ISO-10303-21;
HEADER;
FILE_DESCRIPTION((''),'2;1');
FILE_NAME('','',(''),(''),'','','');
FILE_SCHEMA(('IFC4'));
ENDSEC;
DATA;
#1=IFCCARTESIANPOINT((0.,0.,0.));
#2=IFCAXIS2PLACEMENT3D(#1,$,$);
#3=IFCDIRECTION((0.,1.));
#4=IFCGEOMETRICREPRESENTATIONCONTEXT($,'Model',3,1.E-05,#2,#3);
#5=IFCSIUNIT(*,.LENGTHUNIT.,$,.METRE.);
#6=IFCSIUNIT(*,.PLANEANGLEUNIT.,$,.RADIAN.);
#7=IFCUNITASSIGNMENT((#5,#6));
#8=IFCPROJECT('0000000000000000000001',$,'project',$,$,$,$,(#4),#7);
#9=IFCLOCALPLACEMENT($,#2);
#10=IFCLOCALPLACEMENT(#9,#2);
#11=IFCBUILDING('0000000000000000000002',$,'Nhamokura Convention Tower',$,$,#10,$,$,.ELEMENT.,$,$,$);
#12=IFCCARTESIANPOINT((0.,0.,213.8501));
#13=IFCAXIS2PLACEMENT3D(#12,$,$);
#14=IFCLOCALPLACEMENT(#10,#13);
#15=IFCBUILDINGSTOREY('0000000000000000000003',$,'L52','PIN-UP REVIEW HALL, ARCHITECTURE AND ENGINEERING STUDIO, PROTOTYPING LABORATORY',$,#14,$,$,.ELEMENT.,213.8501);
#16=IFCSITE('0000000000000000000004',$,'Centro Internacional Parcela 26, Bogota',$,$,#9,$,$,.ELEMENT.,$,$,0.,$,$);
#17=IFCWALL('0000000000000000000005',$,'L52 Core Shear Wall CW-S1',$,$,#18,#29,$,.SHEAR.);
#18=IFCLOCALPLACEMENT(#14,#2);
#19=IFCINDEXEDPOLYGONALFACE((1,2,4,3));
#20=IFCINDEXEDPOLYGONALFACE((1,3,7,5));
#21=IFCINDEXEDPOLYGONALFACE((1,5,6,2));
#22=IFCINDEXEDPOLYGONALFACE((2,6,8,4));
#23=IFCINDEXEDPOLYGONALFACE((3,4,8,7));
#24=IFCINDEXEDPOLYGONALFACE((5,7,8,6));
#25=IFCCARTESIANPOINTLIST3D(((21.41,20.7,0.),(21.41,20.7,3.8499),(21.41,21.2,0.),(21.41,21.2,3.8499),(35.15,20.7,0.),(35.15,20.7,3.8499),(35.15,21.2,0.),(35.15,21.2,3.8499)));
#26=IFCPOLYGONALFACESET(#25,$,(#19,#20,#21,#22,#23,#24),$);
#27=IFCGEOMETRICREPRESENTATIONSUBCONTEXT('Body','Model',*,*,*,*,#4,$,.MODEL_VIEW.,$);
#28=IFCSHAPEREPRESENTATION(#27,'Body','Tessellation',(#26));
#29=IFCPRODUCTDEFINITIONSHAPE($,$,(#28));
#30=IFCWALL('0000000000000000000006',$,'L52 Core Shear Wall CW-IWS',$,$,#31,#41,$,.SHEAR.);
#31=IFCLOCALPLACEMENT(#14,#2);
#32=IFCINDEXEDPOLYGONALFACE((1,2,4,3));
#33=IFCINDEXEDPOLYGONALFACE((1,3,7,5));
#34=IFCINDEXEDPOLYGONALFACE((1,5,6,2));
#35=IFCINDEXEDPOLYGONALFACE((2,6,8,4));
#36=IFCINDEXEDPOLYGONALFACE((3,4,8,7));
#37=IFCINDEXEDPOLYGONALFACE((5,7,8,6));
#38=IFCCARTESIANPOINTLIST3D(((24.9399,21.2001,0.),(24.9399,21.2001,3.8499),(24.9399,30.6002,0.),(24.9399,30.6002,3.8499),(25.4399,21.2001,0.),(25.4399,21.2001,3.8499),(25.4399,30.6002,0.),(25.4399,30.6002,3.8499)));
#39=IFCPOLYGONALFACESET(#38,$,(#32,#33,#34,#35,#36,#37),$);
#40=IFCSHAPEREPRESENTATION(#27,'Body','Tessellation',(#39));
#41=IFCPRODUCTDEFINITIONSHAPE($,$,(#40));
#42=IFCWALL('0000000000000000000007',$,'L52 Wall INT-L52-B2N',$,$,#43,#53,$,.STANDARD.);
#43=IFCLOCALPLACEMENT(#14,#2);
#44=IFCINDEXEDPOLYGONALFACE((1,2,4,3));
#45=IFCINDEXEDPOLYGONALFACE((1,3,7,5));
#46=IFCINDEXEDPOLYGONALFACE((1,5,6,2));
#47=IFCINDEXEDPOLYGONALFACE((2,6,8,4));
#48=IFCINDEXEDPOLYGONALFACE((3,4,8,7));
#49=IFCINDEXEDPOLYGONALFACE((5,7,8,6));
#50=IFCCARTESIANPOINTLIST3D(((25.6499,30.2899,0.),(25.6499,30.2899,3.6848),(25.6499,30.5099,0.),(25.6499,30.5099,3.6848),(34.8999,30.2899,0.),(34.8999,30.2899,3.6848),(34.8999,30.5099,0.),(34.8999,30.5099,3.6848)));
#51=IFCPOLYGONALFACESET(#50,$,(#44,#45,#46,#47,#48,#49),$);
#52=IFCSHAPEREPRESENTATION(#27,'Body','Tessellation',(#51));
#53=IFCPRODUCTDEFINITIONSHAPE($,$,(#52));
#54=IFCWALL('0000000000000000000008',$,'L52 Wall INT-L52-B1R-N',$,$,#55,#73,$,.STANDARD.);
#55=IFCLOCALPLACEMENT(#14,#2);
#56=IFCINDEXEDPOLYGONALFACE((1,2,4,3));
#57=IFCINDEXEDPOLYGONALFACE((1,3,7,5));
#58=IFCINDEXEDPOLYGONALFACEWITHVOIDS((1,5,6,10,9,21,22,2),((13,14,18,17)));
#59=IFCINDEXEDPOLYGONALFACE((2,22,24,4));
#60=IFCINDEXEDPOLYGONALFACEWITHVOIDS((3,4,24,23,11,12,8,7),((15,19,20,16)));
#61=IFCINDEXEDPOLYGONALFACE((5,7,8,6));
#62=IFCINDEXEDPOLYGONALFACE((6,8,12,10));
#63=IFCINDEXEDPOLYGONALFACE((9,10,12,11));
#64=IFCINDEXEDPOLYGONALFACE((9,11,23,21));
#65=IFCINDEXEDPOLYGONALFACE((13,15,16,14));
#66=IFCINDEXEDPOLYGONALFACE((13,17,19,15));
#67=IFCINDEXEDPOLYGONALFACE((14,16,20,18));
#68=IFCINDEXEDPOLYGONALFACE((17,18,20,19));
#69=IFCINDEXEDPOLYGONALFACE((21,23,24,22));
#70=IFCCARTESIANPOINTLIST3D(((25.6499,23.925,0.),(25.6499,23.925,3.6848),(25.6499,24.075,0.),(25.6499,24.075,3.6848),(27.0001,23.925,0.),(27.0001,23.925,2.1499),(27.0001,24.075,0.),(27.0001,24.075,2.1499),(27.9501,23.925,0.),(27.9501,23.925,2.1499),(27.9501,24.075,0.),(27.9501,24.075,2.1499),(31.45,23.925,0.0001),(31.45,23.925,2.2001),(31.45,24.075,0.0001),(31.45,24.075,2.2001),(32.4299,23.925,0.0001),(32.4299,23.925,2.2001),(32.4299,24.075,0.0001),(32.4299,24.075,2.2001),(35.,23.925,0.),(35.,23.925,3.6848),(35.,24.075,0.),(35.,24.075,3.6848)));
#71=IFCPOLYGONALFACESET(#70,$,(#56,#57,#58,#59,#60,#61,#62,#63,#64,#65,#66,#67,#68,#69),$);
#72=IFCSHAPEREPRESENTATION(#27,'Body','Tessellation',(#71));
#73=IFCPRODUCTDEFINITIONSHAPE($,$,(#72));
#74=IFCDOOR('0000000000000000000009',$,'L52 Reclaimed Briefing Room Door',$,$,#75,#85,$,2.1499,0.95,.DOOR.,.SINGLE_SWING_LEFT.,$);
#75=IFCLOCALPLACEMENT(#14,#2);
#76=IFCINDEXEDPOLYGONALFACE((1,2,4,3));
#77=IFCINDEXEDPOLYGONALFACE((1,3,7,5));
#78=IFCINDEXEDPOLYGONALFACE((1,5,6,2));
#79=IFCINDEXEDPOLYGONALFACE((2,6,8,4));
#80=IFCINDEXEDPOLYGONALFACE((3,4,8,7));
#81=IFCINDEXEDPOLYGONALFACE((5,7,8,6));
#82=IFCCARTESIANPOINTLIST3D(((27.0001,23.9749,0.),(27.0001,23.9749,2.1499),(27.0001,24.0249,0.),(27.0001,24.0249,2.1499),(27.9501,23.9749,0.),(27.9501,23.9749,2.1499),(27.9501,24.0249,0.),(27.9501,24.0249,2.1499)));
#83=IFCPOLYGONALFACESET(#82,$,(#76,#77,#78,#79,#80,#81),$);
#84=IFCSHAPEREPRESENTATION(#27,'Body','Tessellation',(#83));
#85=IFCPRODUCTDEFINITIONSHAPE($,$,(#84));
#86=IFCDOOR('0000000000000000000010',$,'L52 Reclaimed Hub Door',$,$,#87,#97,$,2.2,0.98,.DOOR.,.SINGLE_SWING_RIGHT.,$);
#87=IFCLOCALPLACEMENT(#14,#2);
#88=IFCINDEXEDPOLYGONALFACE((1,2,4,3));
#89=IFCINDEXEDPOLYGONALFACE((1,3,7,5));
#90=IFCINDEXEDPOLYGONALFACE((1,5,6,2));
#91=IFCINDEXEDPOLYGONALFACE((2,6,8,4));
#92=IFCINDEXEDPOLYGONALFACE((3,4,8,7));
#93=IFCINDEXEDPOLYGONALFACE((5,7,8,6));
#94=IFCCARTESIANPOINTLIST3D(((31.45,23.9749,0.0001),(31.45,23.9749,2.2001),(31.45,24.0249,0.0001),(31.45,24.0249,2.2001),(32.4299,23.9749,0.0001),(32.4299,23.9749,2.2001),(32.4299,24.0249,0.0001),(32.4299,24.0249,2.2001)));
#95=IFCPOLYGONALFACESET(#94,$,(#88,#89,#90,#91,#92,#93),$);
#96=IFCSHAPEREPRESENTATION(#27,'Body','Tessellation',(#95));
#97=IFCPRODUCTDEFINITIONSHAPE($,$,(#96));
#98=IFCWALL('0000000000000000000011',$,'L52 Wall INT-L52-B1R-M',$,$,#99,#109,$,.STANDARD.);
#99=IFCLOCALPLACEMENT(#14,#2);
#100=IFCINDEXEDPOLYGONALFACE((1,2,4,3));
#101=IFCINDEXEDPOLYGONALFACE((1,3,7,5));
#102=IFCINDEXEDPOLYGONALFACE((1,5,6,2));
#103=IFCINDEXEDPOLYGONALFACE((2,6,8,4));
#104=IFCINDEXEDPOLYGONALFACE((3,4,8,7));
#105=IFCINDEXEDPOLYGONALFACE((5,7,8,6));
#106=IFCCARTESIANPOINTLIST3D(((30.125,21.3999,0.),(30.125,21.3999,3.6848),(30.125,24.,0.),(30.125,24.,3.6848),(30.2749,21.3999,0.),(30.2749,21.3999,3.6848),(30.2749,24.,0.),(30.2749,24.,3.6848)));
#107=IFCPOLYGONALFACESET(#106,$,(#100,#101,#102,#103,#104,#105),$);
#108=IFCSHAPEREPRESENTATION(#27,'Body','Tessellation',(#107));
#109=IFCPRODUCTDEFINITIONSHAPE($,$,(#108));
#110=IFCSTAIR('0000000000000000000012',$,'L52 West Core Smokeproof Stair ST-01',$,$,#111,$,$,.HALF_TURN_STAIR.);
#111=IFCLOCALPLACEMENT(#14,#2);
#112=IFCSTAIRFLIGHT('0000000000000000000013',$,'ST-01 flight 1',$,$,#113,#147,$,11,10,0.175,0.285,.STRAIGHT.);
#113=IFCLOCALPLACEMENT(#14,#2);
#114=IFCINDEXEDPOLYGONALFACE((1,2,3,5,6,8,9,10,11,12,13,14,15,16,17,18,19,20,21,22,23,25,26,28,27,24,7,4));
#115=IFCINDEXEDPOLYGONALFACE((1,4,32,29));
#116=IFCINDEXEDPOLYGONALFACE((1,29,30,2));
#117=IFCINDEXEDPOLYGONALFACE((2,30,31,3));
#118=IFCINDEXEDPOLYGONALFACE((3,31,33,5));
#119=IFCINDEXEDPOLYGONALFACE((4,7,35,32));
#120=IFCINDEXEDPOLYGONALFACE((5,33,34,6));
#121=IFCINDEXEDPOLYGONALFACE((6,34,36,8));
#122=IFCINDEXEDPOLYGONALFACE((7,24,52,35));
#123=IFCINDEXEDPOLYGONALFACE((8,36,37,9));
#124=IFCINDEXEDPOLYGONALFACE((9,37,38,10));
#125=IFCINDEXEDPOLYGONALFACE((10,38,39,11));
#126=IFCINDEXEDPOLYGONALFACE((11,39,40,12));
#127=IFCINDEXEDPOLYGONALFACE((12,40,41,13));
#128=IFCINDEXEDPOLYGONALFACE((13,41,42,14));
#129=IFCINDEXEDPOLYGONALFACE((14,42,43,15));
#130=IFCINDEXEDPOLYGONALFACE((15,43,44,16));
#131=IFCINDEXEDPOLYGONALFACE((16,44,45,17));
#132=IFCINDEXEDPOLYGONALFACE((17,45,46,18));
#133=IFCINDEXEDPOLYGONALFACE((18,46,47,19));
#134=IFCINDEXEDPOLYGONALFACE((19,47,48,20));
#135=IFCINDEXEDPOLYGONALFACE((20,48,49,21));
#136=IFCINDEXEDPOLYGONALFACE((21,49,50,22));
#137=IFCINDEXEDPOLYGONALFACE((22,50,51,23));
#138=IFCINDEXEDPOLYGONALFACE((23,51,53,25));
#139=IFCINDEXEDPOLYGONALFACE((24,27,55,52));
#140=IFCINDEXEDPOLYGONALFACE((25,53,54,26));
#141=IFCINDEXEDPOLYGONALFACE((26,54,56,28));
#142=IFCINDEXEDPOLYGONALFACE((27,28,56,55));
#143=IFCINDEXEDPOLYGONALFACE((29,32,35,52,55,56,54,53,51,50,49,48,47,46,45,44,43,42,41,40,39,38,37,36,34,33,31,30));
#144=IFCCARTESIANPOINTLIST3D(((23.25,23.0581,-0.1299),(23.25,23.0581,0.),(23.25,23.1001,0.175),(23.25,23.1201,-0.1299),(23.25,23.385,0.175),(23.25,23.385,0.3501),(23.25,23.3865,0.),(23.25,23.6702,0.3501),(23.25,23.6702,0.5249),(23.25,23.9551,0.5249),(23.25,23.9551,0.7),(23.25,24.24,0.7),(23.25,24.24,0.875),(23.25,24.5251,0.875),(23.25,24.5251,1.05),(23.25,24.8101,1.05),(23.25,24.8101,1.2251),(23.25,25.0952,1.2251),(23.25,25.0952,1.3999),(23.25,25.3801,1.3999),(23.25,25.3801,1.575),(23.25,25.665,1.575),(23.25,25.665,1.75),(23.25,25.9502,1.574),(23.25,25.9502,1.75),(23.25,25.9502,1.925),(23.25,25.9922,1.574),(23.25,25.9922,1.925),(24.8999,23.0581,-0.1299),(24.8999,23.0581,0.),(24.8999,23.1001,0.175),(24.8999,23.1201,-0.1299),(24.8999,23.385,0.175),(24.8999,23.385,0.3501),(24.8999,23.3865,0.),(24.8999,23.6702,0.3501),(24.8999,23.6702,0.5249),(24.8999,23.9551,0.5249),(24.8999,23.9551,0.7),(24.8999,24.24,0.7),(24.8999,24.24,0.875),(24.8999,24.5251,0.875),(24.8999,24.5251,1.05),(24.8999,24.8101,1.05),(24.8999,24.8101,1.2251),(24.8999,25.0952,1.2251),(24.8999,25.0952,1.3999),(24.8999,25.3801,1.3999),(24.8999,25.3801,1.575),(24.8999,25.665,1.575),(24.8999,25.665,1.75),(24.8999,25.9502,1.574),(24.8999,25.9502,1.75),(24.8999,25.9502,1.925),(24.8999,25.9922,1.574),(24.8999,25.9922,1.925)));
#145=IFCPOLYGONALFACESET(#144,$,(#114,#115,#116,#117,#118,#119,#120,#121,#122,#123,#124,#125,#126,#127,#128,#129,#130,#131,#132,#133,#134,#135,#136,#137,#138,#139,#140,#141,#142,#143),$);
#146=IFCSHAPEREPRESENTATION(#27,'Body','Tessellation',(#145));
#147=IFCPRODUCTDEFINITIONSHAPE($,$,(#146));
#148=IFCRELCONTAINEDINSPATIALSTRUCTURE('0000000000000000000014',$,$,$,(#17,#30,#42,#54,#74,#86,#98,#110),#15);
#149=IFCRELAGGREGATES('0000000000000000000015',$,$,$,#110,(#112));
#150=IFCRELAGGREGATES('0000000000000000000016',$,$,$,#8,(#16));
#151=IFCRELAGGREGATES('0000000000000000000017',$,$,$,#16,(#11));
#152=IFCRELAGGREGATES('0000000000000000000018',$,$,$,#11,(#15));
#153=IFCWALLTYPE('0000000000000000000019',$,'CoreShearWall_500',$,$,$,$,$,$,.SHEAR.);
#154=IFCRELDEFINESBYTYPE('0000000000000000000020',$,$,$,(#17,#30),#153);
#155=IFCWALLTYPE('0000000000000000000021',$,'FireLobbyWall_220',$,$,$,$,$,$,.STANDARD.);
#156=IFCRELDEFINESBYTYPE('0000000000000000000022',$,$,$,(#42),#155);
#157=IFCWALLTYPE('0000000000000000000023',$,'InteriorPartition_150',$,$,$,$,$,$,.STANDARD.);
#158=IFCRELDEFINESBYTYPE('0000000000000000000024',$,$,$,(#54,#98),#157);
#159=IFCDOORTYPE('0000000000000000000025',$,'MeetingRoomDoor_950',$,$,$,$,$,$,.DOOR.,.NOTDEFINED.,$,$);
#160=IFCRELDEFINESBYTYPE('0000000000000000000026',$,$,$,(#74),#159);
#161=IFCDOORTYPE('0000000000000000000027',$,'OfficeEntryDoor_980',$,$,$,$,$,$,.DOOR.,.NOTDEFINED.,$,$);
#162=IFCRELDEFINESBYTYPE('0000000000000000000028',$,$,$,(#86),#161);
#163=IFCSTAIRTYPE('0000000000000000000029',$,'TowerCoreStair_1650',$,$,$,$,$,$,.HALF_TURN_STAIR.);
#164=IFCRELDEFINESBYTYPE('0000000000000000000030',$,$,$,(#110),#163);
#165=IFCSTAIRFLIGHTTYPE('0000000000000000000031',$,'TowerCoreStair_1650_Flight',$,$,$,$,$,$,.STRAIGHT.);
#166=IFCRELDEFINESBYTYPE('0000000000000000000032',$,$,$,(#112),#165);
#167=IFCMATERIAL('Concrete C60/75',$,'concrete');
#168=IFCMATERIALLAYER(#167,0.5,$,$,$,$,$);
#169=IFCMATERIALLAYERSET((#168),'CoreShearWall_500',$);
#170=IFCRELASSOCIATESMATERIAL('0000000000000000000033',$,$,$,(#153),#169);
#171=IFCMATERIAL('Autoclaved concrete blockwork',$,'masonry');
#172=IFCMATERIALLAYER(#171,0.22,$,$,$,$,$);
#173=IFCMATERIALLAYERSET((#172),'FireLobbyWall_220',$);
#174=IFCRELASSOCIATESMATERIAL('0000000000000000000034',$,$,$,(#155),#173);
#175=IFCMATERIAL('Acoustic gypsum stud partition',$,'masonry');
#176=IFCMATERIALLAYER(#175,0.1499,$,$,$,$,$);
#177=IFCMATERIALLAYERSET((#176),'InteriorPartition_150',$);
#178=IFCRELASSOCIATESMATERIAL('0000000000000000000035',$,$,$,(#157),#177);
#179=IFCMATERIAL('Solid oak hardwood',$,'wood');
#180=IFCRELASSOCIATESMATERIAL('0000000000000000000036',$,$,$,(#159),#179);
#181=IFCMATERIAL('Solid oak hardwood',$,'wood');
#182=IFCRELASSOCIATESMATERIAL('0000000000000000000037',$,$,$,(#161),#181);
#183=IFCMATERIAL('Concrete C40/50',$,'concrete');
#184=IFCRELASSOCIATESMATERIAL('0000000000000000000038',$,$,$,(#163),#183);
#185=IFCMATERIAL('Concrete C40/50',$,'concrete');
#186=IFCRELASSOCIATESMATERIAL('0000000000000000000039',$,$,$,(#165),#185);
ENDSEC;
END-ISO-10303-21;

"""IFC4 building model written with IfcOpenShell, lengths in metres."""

from ifc_helpers import new_model, si_unit, direction, frame, frame_2d, origin, place, context, subcontext, project, spatial, polyline, rectangle, outline, extrude, material, layer, layer_set, type_object, element, fill, aggregate, save


model = new_model("IFC4")

# Units and contexts
model_context = context("Model", 3, precision=1e-05, world=origin(), true_north=direction((0.0, 1.0)))
body_context = subcontext(model_context, "Body", "Model", "MODEL_VIEW")
ifc_project = project(units=[si_unit("LENGTHUNIT", "METRE"), si_unit("PLANEANGLEUNIT", "RADIAN")], contexts=[model_context])

# Site, building, storey
site_placement = place(None, origin())
site = spatial("IfcSite", under=ifc_project, at=site_placement, Name="Centro Internacional Parcela 26, Bogota", CompositionType="ELEMENT", RefElevation=0.0)
building_placement = place(site_placement, origin())
building = spatial("IfcBuilding", under=site, at=building_placement, Name="Nhamokura Convention Tower", CompositionType="ELEMENT")
storey_placement = place(building_placement, frame((0.0, 0.0, 213.8501)))
storey = spatial("IfcBuildingStorey", under=building, at=storey_placement, Name="L52", Description="PIN-UP REVIEW HALL, ARCHITECTURE AND ENGINEERING STUDIO, PROTOTYPING LABORATORY", CompositionType="ELEMENT", Elevation=213.8501)

# Shared definitions
ifc_material_1 = material(Name="Concrete C60/75", Category="concrete")
ifc_layer_1 = layer(ifc_material_1, 0.5)
ifc_layer_set_1 = layer_set([ifc_layer_1], Name="CoreShearWall_500")
wall_type_1 = type_object("IfcWallType", Name="CoreShearWall_500", PredefinedType="SHEAR", material=ifc_layer_set_1)

# Walls
wall_1_placement = place(storey_placement, frame((21.4099, 20.95, 0.0), z_axis=(0.0, 0.0, 1.0), x_axis=(1.0, 0.0, 0.0)))
element("IfcWall", 1, at=wall_1_placement, inside=storey, type_object=wall_type_1, Name="L52 Core Shear Wall CW-S1", PredefinedType="SHEAR", context=body_context, shape_type="SweptSolid", body=[
    extrude(rectangle(XDim=13.74, YDim=0.5, at=frame_2d((6.8701, 0.0))), origin(), (0.0, 0.0, 1.0), 3.8499),
])
wall_2_placement = place(storey_placement, frame((25.1899, 21.2, 0.0), z_axis=(0.0, 0.0, 1.0), x_axis=(0.0, 1.0, 0.0)))
element("IfcWall", 2, at=wall_2_placement, inside=storey, type_object=wall_type_1, Name="L52 Core Shear Wall CW-IWS", PredefinedType="SHEAR", context=body_context, shape_type="SweptSolid", body=[
    extrude(rectangle(XDim=9.4001, YDim=0.5, at=frame_2d((4.7002, 0.0))), origin(), (0.0, 0.0, 1.0), 3.8499),
])

# Shared definitions
ifc_material_2 = material(Name="Autoclaved concrete blockwork", Category="masonry")
ifc_layer_2 = layer(ifc_material_2, 0.22)
ifc_layer_set_2 = layer_set([ifc_layer_2], Name="FireLobbyWall_220")
wall_type_2 = type_object("IfcWallType", Name="FireLobbyWall_220", PredefinedType="STANDARD", material=ifc_layer_set_2)

# Wall
wall_3_placement = place(storey_placement, frame((25.6499, 30.3999, 0.0), z_axis=(0.0, 0.0, 1.0), x_axis=(1.0, 0.0, 0.0)))
element("IfcWall", 3, at=wall_3_placement, inside=storey, type_object=wall_type_2, Name="L52 Wall INT-L52-B2N", PredefinedType="STANDARD", context=body_context, shape_type="SweptSolid", body=[
    extrude(rectangle(XDim=9.25, YDim=0.22, at=frame_2d((4.625, 0.0))), origin(), (0.0, 0.0, 1.0), 3.6848),
])

# Wall, openings, doors
ifc_material_3 = material(Name="Acoustic gypsum stud partition", Category="masonry")
ifc_layer_3 = layer(ifc_material_3, 0.1499)
ifc_layer_set_3 = layer_set([ifc_layer_3], Name="InteriorPartition_150")
wall_type_3 = type_object("IfcWallType", Name="InteriorPartition_150", PredefinedType="STANDARD", material=ifc_layer_set_3)
wall_4_placement = place(storey_placement, frame((25.6499, 24.0, 0.0), z_axis=(0.0, 0.0, 1.0), x_axis=(1.0, 0.0, 0.0)))
wall_4 = element("IfcWall", 4, at=wall_4_placement, inside=storey, type_object=wall_type_3, Name="L52 Wall INT-L52-B1R-N", PredefinedType="STANDARD", context=body_context, shape_type="SweptSolid", body=[
    extrude(rectangle(XDim=9.3501, YDim=0.1499, at=frame_2d((4.675, 0.0))), origin(), (0.0, 0.0, 1.0), 3.6848),
])
opening_1_placement = place(wall_4_placement, frame((1.3501, 0.0, 0.0)))
opening_1 = element("IfcOpeningElement", 5, at=opening_1_placement, cuts=wall_4, PredefinedType="OPENING", context=body_context, shape_type="SweptSolid", body=[
    extrude(rectangle(XDim=0.95, YDim=2.1499, at=frame_2d((0.4751, 1.075))), frame((0.0, 0.085, 0.0), z_axis=(0.0, -1.0, 0.0), x_axis=(1.0, 0.0, 0.0)), (0.0, 0.0, 1.0), 0.1699),
])
opening_2_placement = place(wall_4_placement, frame((5.8, 0.0, 0.0)))
opening_2 = element("IfcOpeningElement", 6, at=opening_2_placement, cuts=wall_4, PredefinedType="OPENING", context=body_context, shape_type="SweptSolid", body=[
    extrude(rectangle(XDim=0.98, YDim=2.2, at=frame_2d((0.49, 1.1001))), frame((0.0, 0.085, 0.0), z_axis=(0.0, -1.0, 0.0), x_axis=(1.0, 0.0, 0.0)), (0.0, 0.0, 1.0), 0.1699),
])
ifc_material_4 = material(Name="Solid oak hardwood", Category="wood")
door_type_1 = type_object("IfcDoorType", Name="MeetingRoomDoor_950", OperationType="NOTDEFINED", PredefinedType="DOOR", material=ifc_material_4)
door_1_placement = place(opening_1_placement, origin())
door_1 = element("IfcDoor", 7, at=door_1_placement, inside=storey, type_object=door_type_1, Name="L52 Reclaimed Briefing Room Door", OperationType="SINGLE_SWING_LEFT", OverallHeight=2.1499, OverallWidth=0.95, PredefinedType="DOOR", context=body_context, shape_type="SweptSolid", body=[
    extrude(rectangle(XDim=0.95, YDim=2.1499, at=frame_2d((0.4751, 1.075))), frame((0.0, 0.0249, 0.0), z_axis=(0.0, -1.0, 0.0), x_axis=(1.0, 0.0, 0.0)), (0.0, 0.0, 1.0), 0.05),
])
fill(opening_1, door_1)
ifc_material_5 = material(Name="Solid oak hardwood", Category="wood")
door_type_2 = type_object("IfcDoorType", Name="OfficeEntryDoor_980", OperationType="NOTDEFINED", PredefinedType="DOOR", material=ifc_material_5)
door_2_placement = place(opening_2_placement, origin())
door_2 = element("IfcDoor", 8, at=door_2_placement, inside=storey, type_object=door_type_2, Name="L52 Reclaimed Hub Door", OperationType="SINGLE_SWING_RIGHT", OverallHeight=2.2, OverallWidth=0.98, PredefinedType="DOOR", context=body_context, shape_type="SweptSolid", body=[
    extrude(rectangle(XDim=0.98, YDim=2.2, at=frame_2d((0.49, 1.1001))), frame((0.0, 0.0249, 0.0), z_axis=(0.0, -1.0, 0.0), x_axis=(1.0, 0.0, 0.0)), (0.0, 0.0, 1.0), 0.05),
])
fill(opening_2, door_2)

# Wall
wall_5_placement = place(storey_placement, frame((30.2, 21.3999, 0.0), z_axis=(0.0, 0.0, 1.0), x_axis=(0.0, 1.0, 0.0)))
element("IfcWall", 9, at=wall_5_placement, inside=storey, type_object=wall_type_3, Name="L52 Wall INT-L52-B1R-M", PredefinedType="STANDARD", context=body_context, shape_type="SweptSolid", body=[
    extrude(rectangle(XDim=2.6001, YDim=0.1499, at=frame_2d((1.3, 0.0))), origin(), (0.0, 0.0, 1.0), 3.6848),
])

# Stair, stair flight
ifc_material_6 = material(Name="Concrete C40/50", Category="concrete")
stair_type = type_object("IfcStairType", Name="TowerCoreStair_1650", PredefinedType="HALF_TURN_STAIR", material=ifc_material_6)
stair_placement = place(storey_placement, origin())
stair = element("IfcStair", 10, at=stair_placement, inside=storey, type_object=stair_type, Name="L52 West Core Smokeproof Stair ST-01", PredefinedType="HALF_TURN_STAIR")
ifc_material_7 = material(Name="Concrete C40/50", Category="concrete")
stair_flight_type = type_object("IfcStairFlightType", Name="TowerCoreStair_1650_Flight", PredefinedType="STRAIGHT", material=ifc_material_7)
stair_flight_1_placement = place(storey_placement, frame((24.075, 23.1001, 0.0), z_axis=(0.0, 0.0, 1.0), x_axis=(0.0, 1.0, 0.0)))
stair_flight_1 = element("IfcStairFlight", 11, at=stair_flight_1_placement, type_object=stair_flight_type, Name="ST-01 flight 1", NumberOfRisers=11, NumberOfTreads=10, PredefinedType="STRAIGHT", RiserHeight=0.175, TreadLength=0.285, context=body_context, shape_type="SweptSolid", body=[
    extrude(outline(polyline([(-0.042, 0.0), (0.0, 0.175), (0.2849, 0.175), (0.2849, 0.3501), (0.5701, 0.3501), (0.5701, 0.5249), (0.855, 0.5249), (0.855, 0.7), (1.1399, 0.7), (1.1399, 0.875), (1.425, 0.875), (1.425, 1.05), (1.71, 1.05), (1.71, 1.2251), (1.9951, 1.2251), (1.9951, 1.3999), (2.28, 1.3999), (2.28, 1.575), (2.5649, 1.575), (2.5649, 1.75), (2.8501, 1.75), (2.8501, 1.925), (2.8921, 1.925), (2.8921, 1.574), (2.8501, 1.574), (0.2864, 0.0), (0.02, -0.1299), (-0.042, -0.1299), (-0.042, 0.0)])), frame((0.0, 0.825, 0.0), z_axis=(0.0, -1.0, 0.0), x_axis=(1.0, 0.0, 0.0)), (0.0, 0.0, 1.0), 1.6499),
])
aggregate(stair, [stair_flight_1])

save(model, "model.ifc")
